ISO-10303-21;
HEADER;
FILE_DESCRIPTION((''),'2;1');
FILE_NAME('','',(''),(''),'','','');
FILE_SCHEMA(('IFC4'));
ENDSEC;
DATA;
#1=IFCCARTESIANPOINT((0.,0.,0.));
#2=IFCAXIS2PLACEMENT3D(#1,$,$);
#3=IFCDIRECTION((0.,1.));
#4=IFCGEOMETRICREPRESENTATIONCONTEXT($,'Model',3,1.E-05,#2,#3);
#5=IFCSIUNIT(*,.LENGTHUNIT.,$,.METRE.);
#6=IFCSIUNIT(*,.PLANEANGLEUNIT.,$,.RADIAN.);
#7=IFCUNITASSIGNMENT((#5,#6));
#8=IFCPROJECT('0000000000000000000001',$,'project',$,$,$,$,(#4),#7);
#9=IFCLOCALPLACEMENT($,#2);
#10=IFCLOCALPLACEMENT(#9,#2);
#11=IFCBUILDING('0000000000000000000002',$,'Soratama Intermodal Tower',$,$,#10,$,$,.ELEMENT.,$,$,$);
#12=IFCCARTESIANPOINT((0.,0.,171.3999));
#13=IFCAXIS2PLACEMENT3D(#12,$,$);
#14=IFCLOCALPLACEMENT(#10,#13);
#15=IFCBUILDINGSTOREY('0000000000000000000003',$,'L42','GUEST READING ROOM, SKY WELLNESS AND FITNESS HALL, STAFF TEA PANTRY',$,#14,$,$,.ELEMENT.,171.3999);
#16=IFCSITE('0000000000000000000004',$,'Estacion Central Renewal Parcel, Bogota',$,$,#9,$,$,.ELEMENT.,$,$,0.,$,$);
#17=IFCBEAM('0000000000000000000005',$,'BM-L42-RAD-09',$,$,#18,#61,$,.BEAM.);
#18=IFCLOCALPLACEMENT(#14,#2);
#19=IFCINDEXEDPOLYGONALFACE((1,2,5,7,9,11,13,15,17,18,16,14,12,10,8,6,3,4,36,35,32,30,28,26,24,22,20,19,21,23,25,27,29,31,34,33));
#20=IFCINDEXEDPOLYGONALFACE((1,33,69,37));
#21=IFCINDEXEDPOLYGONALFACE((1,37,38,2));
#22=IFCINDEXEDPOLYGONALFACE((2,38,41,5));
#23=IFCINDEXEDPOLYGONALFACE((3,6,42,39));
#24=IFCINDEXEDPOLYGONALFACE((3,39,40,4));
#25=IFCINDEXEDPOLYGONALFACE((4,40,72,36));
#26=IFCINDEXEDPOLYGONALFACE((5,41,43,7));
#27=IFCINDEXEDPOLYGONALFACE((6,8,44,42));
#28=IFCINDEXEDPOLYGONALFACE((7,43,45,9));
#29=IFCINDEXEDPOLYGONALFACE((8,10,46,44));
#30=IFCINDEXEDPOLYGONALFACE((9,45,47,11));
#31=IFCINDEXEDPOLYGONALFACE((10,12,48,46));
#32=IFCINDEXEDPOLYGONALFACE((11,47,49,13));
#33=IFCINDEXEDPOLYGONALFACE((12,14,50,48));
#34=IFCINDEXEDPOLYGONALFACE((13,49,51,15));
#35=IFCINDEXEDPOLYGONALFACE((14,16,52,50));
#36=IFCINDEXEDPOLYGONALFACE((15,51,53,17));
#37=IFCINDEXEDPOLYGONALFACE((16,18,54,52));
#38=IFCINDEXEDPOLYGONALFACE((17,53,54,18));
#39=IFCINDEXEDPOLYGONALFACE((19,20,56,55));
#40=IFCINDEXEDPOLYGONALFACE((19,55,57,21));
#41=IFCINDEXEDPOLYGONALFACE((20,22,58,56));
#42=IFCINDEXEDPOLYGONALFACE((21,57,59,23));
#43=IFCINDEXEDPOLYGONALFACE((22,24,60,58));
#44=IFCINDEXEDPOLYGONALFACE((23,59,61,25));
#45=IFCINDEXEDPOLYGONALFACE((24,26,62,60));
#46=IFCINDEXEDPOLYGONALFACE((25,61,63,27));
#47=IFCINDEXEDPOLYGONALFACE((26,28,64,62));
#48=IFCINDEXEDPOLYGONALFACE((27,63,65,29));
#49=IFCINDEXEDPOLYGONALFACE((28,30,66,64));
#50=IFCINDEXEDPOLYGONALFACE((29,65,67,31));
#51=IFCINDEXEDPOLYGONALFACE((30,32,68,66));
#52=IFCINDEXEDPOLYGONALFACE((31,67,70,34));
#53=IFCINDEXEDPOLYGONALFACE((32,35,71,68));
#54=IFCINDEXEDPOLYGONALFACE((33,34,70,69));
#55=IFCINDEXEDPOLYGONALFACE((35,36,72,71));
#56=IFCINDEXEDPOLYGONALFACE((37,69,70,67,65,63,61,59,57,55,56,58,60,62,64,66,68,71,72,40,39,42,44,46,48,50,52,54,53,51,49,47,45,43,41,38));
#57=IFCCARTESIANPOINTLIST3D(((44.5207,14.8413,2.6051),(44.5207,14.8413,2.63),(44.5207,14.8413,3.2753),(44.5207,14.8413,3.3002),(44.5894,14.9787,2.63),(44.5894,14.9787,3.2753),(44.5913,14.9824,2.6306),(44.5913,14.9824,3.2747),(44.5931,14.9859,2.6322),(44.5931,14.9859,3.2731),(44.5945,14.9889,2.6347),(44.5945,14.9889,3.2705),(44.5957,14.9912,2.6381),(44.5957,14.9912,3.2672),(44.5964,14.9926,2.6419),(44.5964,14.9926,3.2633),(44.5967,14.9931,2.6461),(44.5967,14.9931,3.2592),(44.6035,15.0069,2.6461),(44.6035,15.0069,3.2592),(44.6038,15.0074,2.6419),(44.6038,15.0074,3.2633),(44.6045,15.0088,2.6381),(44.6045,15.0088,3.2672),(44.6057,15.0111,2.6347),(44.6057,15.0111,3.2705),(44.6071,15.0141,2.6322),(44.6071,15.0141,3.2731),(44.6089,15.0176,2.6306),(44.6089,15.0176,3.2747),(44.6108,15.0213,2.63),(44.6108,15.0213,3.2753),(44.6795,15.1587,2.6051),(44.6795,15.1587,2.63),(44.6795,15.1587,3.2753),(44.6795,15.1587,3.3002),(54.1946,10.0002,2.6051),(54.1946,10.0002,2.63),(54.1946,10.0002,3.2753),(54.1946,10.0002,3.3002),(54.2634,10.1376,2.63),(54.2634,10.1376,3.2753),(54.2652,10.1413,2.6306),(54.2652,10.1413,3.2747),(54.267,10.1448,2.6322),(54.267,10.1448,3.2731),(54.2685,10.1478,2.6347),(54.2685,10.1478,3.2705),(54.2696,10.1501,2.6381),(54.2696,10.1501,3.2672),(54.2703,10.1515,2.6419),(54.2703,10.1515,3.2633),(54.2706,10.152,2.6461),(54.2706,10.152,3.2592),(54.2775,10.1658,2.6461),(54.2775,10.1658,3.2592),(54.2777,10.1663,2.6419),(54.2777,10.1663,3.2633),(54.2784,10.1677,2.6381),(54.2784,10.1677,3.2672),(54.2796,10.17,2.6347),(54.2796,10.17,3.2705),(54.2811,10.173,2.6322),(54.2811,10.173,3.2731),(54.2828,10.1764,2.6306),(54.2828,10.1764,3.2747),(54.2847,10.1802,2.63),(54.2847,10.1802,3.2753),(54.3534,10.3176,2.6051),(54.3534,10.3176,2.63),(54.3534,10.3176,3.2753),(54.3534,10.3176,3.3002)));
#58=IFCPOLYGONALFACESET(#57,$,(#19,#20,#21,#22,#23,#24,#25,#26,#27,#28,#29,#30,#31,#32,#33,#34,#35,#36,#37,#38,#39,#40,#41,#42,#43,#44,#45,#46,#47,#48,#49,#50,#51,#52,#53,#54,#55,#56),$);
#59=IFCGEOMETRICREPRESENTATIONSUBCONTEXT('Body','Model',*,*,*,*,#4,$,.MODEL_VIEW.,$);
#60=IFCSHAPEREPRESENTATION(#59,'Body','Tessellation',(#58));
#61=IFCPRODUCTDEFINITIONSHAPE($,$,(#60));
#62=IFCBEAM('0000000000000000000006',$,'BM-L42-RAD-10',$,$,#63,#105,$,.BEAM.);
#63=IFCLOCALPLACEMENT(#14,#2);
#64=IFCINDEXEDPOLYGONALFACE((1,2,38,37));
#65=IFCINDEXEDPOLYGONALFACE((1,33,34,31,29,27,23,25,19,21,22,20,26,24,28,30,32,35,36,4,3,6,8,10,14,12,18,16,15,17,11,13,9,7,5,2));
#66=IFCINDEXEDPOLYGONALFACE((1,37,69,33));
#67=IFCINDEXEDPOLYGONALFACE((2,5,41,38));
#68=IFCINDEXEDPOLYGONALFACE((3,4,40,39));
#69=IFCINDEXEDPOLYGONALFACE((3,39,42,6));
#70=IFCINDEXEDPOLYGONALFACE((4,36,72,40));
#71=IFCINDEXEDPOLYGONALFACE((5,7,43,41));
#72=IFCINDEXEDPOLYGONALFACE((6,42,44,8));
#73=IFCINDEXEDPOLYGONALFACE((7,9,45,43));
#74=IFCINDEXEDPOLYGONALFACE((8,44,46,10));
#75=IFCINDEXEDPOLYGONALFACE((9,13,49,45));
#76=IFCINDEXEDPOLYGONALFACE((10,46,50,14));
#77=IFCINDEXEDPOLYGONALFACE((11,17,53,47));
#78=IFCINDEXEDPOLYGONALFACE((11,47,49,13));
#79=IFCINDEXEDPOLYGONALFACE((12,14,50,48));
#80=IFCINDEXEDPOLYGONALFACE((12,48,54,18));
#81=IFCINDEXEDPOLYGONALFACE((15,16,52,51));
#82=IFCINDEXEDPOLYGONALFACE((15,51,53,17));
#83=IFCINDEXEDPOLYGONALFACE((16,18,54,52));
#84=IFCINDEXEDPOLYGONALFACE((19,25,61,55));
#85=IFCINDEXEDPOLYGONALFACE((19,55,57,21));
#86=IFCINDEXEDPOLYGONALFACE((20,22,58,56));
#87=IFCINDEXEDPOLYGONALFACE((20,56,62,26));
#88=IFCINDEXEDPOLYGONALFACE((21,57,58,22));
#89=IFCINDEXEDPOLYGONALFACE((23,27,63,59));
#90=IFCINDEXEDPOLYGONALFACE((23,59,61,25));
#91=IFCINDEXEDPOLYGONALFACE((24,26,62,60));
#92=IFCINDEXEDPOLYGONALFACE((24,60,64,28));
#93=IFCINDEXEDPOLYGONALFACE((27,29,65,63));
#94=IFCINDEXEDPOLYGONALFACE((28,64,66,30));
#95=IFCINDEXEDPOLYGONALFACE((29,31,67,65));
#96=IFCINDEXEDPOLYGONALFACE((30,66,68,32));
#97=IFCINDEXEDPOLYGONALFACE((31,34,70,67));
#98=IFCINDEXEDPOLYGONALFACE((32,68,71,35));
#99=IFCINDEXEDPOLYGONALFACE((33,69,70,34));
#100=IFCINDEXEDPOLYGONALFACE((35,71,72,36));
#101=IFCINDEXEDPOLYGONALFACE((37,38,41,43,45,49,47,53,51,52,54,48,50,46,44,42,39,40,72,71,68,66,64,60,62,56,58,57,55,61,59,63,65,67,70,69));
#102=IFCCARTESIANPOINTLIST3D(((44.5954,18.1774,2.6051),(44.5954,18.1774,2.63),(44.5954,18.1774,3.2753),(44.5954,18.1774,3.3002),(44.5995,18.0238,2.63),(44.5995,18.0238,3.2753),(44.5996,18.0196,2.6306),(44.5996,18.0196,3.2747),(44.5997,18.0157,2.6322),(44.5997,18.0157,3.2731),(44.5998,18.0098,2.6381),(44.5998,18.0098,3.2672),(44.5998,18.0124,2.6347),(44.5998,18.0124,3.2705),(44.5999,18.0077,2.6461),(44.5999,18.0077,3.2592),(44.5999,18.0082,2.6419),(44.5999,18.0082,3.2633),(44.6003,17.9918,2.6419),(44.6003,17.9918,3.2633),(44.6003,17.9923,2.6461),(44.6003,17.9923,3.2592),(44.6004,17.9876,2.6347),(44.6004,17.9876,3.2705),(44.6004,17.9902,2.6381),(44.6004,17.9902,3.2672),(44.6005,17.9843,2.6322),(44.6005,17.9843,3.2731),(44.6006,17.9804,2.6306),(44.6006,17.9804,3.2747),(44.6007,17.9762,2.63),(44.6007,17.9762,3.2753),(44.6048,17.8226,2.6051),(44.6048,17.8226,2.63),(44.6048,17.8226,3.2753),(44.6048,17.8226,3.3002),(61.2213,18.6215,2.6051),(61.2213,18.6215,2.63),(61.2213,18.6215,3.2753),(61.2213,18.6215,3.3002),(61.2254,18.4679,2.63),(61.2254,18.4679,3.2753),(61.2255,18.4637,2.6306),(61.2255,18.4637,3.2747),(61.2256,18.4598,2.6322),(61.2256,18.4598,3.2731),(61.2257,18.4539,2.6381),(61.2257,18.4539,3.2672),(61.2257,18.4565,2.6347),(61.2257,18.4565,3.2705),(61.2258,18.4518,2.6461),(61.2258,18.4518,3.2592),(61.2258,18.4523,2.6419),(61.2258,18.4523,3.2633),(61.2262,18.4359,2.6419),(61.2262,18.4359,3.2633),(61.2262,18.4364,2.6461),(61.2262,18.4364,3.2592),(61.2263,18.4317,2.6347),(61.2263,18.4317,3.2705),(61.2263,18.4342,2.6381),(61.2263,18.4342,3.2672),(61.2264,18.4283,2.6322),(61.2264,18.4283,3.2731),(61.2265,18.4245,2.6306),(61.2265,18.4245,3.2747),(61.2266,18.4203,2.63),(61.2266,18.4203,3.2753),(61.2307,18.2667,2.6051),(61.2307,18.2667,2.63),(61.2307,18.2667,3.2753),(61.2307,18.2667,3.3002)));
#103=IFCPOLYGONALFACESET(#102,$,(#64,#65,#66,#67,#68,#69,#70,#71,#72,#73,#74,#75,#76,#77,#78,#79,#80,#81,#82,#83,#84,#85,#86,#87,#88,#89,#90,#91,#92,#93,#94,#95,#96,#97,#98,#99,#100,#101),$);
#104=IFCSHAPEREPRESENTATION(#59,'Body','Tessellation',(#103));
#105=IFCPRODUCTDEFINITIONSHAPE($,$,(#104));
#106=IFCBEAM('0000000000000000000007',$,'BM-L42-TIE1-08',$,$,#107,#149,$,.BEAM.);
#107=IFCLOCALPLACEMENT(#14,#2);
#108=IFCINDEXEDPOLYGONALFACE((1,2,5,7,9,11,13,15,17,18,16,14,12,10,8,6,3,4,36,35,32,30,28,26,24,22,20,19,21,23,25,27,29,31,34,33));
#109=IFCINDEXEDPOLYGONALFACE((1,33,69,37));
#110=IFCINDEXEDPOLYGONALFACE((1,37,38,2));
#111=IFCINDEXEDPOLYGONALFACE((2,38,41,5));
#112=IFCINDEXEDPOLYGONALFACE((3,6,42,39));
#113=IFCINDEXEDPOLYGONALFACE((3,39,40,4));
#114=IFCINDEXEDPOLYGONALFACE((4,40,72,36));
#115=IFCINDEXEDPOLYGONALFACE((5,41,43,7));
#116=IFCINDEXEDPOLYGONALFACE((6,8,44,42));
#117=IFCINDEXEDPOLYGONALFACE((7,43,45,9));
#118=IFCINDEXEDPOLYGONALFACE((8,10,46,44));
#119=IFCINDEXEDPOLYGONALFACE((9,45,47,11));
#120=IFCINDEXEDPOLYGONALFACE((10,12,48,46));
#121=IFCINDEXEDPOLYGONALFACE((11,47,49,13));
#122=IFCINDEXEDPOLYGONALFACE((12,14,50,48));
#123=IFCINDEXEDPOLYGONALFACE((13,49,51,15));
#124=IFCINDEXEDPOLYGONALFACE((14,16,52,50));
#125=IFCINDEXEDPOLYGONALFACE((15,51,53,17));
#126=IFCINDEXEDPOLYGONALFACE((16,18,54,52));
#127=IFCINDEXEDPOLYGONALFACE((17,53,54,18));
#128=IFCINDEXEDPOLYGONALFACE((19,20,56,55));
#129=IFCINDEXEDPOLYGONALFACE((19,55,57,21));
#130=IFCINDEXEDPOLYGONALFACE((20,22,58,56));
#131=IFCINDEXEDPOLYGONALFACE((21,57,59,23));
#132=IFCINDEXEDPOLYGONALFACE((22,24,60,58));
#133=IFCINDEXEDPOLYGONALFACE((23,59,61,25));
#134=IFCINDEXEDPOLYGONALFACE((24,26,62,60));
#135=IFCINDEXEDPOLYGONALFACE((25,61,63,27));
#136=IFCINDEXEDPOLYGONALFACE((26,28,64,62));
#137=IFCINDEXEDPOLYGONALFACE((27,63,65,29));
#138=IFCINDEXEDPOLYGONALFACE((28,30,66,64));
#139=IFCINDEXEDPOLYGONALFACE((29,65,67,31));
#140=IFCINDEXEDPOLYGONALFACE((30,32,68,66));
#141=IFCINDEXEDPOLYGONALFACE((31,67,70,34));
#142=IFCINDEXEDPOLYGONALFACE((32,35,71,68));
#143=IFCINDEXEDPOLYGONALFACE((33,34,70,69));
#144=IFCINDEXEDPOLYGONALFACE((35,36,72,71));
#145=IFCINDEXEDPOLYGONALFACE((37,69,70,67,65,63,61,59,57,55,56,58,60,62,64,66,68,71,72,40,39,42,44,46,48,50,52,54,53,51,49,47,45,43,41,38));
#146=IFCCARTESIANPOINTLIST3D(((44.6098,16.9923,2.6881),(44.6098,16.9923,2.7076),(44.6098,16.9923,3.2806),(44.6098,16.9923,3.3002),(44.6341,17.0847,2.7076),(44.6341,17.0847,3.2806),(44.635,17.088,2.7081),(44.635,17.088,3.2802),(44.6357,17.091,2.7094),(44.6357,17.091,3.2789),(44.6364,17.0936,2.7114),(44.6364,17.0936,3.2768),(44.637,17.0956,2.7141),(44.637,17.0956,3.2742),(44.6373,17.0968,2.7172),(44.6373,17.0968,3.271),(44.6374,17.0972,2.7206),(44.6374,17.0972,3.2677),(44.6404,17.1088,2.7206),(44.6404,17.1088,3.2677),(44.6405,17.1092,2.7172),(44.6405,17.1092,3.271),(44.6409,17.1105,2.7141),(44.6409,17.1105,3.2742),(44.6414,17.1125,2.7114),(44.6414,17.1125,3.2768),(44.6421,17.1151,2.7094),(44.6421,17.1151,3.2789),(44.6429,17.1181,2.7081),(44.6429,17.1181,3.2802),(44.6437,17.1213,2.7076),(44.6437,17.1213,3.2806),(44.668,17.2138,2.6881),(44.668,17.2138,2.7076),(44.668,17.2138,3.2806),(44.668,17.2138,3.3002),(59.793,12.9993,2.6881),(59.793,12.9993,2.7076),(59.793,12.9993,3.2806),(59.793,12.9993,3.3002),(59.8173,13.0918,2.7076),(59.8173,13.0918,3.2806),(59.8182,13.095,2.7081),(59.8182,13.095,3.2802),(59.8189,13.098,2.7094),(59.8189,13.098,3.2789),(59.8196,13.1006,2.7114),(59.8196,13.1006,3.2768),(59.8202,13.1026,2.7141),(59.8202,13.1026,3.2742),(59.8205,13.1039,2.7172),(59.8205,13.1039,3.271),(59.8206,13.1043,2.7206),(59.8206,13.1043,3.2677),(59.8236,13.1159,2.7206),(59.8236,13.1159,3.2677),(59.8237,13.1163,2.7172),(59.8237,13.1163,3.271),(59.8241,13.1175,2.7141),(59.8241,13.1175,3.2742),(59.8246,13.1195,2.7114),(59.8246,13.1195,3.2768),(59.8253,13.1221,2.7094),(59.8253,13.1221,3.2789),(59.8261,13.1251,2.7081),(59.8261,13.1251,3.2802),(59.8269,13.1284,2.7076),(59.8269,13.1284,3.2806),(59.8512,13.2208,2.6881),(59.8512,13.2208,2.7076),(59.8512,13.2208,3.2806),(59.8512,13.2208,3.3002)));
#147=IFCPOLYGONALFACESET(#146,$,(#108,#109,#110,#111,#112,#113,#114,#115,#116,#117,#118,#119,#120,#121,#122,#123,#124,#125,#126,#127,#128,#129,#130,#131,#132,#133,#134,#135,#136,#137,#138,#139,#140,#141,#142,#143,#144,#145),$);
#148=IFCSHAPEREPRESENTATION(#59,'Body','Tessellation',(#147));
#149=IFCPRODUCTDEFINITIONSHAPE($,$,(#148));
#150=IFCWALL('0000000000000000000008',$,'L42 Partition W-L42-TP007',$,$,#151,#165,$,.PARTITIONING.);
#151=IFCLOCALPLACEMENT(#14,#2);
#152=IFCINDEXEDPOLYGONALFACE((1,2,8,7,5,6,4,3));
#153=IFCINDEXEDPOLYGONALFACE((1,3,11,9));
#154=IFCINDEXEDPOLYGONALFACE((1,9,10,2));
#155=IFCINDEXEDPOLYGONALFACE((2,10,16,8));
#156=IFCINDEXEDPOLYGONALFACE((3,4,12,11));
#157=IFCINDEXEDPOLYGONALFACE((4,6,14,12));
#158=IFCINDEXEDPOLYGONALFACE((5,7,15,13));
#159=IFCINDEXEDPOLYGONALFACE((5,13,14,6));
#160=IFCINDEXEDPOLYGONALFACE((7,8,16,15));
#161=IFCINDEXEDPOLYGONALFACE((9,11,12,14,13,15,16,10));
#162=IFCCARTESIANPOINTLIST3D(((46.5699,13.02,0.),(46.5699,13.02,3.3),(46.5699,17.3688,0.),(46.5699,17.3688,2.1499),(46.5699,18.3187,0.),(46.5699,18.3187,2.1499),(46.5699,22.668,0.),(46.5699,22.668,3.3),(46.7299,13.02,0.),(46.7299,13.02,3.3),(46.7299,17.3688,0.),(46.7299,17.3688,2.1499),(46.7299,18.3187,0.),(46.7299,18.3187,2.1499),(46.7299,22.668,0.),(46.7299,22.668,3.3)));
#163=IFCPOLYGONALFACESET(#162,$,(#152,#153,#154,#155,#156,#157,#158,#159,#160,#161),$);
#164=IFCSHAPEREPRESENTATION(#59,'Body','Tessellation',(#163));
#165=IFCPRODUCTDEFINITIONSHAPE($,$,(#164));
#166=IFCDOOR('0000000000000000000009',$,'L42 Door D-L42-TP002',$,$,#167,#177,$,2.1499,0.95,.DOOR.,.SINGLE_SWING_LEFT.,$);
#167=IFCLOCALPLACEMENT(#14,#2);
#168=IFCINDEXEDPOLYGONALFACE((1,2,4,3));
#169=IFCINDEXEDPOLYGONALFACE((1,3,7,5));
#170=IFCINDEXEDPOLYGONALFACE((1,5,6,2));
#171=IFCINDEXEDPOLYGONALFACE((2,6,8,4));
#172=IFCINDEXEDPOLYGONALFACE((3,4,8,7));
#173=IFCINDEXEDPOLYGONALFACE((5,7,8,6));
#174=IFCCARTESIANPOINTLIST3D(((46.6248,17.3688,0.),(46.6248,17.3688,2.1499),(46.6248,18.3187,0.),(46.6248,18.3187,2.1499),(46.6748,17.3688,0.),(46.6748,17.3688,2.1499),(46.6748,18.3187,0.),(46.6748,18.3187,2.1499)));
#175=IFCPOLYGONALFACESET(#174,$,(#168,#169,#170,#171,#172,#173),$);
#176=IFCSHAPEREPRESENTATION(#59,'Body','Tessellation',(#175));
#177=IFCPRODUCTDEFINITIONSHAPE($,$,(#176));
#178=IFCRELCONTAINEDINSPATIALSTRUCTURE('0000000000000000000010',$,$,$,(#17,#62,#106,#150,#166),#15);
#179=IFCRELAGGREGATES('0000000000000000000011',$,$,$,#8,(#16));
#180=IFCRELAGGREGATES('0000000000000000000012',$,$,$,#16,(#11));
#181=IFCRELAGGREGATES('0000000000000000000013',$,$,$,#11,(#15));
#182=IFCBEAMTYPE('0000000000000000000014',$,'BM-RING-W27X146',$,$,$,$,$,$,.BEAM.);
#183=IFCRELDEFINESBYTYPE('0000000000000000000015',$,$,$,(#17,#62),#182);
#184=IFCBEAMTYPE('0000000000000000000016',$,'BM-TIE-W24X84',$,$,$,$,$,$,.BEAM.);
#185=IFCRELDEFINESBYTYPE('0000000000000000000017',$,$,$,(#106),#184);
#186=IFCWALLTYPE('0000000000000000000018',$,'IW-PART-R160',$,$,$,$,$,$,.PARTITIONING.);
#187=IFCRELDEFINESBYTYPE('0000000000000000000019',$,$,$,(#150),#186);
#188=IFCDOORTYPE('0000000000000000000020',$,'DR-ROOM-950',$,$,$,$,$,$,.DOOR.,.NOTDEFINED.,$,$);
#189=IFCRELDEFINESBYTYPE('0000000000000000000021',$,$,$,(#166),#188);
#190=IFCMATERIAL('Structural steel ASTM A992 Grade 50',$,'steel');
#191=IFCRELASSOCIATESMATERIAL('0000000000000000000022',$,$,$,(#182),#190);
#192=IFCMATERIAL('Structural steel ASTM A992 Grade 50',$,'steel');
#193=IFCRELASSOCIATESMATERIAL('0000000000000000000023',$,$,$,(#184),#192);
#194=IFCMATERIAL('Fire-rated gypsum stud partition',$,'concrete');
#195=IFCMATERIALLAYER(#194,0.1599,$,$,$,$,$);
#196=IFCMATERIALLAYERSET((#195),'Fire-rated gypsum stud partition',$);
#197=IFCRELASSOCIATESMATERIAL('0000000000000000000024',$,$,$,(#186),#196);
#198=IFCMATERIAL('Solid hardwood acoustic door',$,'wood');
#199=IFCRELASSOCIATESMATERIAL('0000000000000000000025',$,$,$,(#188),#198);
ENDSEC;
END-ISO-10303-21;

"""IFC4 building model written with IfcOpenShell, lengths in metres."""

from ifc_helpers import new_model, si_unit, direction, frame, frame_2d, origin, origin_2d, place, context, subcontext, project, spatial, rectangle, i_section, extrude, material, layer, layer_set, material_profile, profile_set, type_object, element, fill, save


model = new_model("IFC4")

# Units and contexts
model_context = context("Model", 3, precision=1e-05, world=origin(), true_north=direction((0.0, 1.0)))
body_context = subcontext(model_context, "Body", "Model", "MODEL_VIEW")
ifc_project = project(units=[si_unit("LENGTHUNIT", "METRE"), si_unit("PLANEANGLEUNIT", "RADIAN")], contexts=[model_context])

# Site, building, storey
site_placement = place(None, origin())
site = spatial("IfcSite", under=ifc_project, at=site_placement, Name="Estacion Central Renewal Parcel, Bogota", CompositionType="ELEMENT", RefElevation=0.0)
building_placement = place(site_placement, origin())
building = spatial("IfcBuilding", under=site, at=building_placement, Name="Soratama Intermodal Tower", CompositionType="ELEMENT")
storey_placement = place(building_placement, frame((0.0, 0.0, 171.3999)))
storey = spatial("IfcBuildingStorey", under=building, at=storey_placement, Name="L42", Description="GUEST READING ROOM, SKY WELLNESS AND FITNESS HALL, STAFF TEA PANTRY", CompositionType="ELEMENT", Elevation=171.3999)

# Beams
ifc_material_1 = material(Name="Structural steel ASTM A992 Grade 50", Category="steel")
ifc_material_profile_1 = material_profile(ifc_material_1, i_section(OverallWidth=0.355, OverallDepth=0.6951, WebThickness=0.0154, FlangeThickness=0.0249, FilletRadius=0.0161, at=origin_2d()), Name="W27X146")
ifc_profile_set_1 = profile_set([ifc_material_profile_1], Name="Structural steel ASTM A992 Grade 50")
beam_type_1 = type_object("IfcBeamType", Name="BM-RING-W27X146", PredefinedType="BEAM", material=ifc_profile_set_1)
beam_1_placement = place(storey_placement, frame((44.6001, 15.0, 2.9526), z_axis=(0.894274, -0.447521, 0.0), x_axis=(0.447521, 0.894274, 0.0)))
element("IfcBeam", 1, at=beam_1_placement, inside=storey, type_object=beam_type_1, Name="BM-L42-RAD-09", PredefinedType="BEAM", context=body_context, shape_type="SweptSolid", body=[
    extrude(i_section(OverallWidth=0.355, OverallDepth=0.6951, WebThickness=0.0154, FlangeThickness=0.0249, FilletRadius=0.0161, at=origin_2d()), origin(), (0.0, 0.0, 1.0), 10.8176),
])
beam_2_placement = place(storey_placement, frame((44.6001, 18.0, 2.9526), z_axis=(0.999643, 0.026701, 0.0), x_axis=(-0.026701, 0.999643, 0.0)))
element("IfcBeam", 2, at=beam_2_placement, inside=storey, type_object=beam_type_1, Name="BM-L42-RAD-10", PredefinedType="BEAM", context=body_context, shape_type="SweptSolid", body=[
    extrude(i_section(OverallWidth=0.355, OverallDepth=0.6951, WebThickness=0.0154, FlangeThickness=0.0249, FilletRadius=0.0161, at=origin_2d()), origin(), (0.0, 0.0, 1.0), 16.6318),
])
ifc_material_2 = material(Name="Structural steel ASTM A992 Grade 50", Category="steel")
ifc_material_profile_2 = material_profile(ifc_material_2, i_section(OverallWidth=0.229, OverallDepth=0.6121, WebThickness=0.012, FlangeThickness=0.0195, FilletRadius=0.0129, at=origin_2d()), Name="W24X84")
ifc_profile_set_2 = profile_set([ifc_material_profile_2], Name="Structural steel ASTM A992 Grade 50")
beam_type_2 = type_object("IfcBeamType", Name="BM-TIE-W24X84", PredefinedType="BEAM", material=ifc_profile_set_2)
beam_3_placement = place(storey_placement, frame((44.6389, 17.103, 2.9941), z_axis=(0.967116, -0.254336, 0.0), x_axis=(0.254336, 0.967116, 0.0)))
element("IfcBeam", 3, at=beam_3_placement, inside=storey, type_object=beam_type_2, Name="BM-L42-TIE1-08", PredefinedType="BEAM", context=body_context, shape_type="SweptSolid", body=[
    extrude(i_section(OverallWidth=0.229, OverallDepth=0.6121, WebThickness=0.012, FlangeThickness=0.0195, FilletRadius=0.0129, at=origin_2d()), origin(), (0.0, 0.0, 1.0), 15.6995),
])

# Wall, opening, door
ifc_material_3 = material(Name="Fire-rated gypsum stud partition", Category="concrete")
ifc_layer_1 = layer(ifc_material_3, 0.1599)
ifc_layer_set_1 = layer_set([ifc_layer_1], Name="Fire-rated gypsum stud partition")
wall_type_1 = type_object("IfcWallType", Name="IW-PART-R160", PredefinedType="PARTITIONING", material=ifc_layer_set_1)
wall_1_placement = place(storey_placement, frame((46.6499, 22.668, 0.0), z_axis=(0.0, 0.0, 1.0), x_axis=(0.0, -1.0, 0.0)))
wall_1 = element("IfcWall", 4, at=wall_1_placement, inside=storey, type_object=wall_type_1, Name="L42 Partition W-L42-TP007", PredefinedType="PARTITIONING", context=body_context, shape_type="SweptSolid", body=[
    extrude(rectangle(XDim=9.6479, YDim=0.1599, at=frame_2d((4.824, 0.0))), origin(), (0.0, 0.0, 1.0), 3.3),
])
opening_1_placement = place(wall_1_placement, frame((4.3491, 0.0, 0.0)))
opening_1 = element("IfcOpeningElement", 5, at=opening_1_placement, cuts=wall_1, PredefinedType="OPENING", context=body_context, shape_type="SweptSolid", body=[
    extrude(rectangle(XDim=0.95, YDim=2.1499, at=frame_2d((0.4751, 1.075))), frame((0.0, 0.0898, 0.0), z_axis=(0.0, -1.0, 0.0), x_axis=(1.0, 0.0, 0.0)), (0.0, 0.0, 1.0), 0.1799),
])
ifc_material_4 = material(Name="Solid hardwood acoustic door", Category="wood")
door_type_1 = type_object("IfcDoorType", Name="DR-ROOM-950", OperationType="NOTDEFINED", PredefinedType="DOOR", material=ifc_material_4)
door_1_placement = place(opening_1_placement, origin())
door_1 = element("IfcDoor", 6, at=door_1_placement, inside=storey, type_object=door_type_1, Name="L42 Door D-L42-TP002", OperationType="SINGLE_SWING_LEFT", OverallHeight=2.1499, OverallWidth=0.95, PredefinedType="DOOR", context=body_context, shape_type="SweptSolid", body=[
    extrude(rectangle(XDim=0.95, YDim=2.1499, at=frame_2d((0.4751, 1.075))), frame((0.0, 0.0249, 0.0), z_axis=(0.0, -1.0, 0.0), x_axis=(1.0, 0.0, 0.0)), (0.0, 0.0, 1.0), 0.05),
])
fill(opening_1, door_1)

save(model, "model.ifc")
